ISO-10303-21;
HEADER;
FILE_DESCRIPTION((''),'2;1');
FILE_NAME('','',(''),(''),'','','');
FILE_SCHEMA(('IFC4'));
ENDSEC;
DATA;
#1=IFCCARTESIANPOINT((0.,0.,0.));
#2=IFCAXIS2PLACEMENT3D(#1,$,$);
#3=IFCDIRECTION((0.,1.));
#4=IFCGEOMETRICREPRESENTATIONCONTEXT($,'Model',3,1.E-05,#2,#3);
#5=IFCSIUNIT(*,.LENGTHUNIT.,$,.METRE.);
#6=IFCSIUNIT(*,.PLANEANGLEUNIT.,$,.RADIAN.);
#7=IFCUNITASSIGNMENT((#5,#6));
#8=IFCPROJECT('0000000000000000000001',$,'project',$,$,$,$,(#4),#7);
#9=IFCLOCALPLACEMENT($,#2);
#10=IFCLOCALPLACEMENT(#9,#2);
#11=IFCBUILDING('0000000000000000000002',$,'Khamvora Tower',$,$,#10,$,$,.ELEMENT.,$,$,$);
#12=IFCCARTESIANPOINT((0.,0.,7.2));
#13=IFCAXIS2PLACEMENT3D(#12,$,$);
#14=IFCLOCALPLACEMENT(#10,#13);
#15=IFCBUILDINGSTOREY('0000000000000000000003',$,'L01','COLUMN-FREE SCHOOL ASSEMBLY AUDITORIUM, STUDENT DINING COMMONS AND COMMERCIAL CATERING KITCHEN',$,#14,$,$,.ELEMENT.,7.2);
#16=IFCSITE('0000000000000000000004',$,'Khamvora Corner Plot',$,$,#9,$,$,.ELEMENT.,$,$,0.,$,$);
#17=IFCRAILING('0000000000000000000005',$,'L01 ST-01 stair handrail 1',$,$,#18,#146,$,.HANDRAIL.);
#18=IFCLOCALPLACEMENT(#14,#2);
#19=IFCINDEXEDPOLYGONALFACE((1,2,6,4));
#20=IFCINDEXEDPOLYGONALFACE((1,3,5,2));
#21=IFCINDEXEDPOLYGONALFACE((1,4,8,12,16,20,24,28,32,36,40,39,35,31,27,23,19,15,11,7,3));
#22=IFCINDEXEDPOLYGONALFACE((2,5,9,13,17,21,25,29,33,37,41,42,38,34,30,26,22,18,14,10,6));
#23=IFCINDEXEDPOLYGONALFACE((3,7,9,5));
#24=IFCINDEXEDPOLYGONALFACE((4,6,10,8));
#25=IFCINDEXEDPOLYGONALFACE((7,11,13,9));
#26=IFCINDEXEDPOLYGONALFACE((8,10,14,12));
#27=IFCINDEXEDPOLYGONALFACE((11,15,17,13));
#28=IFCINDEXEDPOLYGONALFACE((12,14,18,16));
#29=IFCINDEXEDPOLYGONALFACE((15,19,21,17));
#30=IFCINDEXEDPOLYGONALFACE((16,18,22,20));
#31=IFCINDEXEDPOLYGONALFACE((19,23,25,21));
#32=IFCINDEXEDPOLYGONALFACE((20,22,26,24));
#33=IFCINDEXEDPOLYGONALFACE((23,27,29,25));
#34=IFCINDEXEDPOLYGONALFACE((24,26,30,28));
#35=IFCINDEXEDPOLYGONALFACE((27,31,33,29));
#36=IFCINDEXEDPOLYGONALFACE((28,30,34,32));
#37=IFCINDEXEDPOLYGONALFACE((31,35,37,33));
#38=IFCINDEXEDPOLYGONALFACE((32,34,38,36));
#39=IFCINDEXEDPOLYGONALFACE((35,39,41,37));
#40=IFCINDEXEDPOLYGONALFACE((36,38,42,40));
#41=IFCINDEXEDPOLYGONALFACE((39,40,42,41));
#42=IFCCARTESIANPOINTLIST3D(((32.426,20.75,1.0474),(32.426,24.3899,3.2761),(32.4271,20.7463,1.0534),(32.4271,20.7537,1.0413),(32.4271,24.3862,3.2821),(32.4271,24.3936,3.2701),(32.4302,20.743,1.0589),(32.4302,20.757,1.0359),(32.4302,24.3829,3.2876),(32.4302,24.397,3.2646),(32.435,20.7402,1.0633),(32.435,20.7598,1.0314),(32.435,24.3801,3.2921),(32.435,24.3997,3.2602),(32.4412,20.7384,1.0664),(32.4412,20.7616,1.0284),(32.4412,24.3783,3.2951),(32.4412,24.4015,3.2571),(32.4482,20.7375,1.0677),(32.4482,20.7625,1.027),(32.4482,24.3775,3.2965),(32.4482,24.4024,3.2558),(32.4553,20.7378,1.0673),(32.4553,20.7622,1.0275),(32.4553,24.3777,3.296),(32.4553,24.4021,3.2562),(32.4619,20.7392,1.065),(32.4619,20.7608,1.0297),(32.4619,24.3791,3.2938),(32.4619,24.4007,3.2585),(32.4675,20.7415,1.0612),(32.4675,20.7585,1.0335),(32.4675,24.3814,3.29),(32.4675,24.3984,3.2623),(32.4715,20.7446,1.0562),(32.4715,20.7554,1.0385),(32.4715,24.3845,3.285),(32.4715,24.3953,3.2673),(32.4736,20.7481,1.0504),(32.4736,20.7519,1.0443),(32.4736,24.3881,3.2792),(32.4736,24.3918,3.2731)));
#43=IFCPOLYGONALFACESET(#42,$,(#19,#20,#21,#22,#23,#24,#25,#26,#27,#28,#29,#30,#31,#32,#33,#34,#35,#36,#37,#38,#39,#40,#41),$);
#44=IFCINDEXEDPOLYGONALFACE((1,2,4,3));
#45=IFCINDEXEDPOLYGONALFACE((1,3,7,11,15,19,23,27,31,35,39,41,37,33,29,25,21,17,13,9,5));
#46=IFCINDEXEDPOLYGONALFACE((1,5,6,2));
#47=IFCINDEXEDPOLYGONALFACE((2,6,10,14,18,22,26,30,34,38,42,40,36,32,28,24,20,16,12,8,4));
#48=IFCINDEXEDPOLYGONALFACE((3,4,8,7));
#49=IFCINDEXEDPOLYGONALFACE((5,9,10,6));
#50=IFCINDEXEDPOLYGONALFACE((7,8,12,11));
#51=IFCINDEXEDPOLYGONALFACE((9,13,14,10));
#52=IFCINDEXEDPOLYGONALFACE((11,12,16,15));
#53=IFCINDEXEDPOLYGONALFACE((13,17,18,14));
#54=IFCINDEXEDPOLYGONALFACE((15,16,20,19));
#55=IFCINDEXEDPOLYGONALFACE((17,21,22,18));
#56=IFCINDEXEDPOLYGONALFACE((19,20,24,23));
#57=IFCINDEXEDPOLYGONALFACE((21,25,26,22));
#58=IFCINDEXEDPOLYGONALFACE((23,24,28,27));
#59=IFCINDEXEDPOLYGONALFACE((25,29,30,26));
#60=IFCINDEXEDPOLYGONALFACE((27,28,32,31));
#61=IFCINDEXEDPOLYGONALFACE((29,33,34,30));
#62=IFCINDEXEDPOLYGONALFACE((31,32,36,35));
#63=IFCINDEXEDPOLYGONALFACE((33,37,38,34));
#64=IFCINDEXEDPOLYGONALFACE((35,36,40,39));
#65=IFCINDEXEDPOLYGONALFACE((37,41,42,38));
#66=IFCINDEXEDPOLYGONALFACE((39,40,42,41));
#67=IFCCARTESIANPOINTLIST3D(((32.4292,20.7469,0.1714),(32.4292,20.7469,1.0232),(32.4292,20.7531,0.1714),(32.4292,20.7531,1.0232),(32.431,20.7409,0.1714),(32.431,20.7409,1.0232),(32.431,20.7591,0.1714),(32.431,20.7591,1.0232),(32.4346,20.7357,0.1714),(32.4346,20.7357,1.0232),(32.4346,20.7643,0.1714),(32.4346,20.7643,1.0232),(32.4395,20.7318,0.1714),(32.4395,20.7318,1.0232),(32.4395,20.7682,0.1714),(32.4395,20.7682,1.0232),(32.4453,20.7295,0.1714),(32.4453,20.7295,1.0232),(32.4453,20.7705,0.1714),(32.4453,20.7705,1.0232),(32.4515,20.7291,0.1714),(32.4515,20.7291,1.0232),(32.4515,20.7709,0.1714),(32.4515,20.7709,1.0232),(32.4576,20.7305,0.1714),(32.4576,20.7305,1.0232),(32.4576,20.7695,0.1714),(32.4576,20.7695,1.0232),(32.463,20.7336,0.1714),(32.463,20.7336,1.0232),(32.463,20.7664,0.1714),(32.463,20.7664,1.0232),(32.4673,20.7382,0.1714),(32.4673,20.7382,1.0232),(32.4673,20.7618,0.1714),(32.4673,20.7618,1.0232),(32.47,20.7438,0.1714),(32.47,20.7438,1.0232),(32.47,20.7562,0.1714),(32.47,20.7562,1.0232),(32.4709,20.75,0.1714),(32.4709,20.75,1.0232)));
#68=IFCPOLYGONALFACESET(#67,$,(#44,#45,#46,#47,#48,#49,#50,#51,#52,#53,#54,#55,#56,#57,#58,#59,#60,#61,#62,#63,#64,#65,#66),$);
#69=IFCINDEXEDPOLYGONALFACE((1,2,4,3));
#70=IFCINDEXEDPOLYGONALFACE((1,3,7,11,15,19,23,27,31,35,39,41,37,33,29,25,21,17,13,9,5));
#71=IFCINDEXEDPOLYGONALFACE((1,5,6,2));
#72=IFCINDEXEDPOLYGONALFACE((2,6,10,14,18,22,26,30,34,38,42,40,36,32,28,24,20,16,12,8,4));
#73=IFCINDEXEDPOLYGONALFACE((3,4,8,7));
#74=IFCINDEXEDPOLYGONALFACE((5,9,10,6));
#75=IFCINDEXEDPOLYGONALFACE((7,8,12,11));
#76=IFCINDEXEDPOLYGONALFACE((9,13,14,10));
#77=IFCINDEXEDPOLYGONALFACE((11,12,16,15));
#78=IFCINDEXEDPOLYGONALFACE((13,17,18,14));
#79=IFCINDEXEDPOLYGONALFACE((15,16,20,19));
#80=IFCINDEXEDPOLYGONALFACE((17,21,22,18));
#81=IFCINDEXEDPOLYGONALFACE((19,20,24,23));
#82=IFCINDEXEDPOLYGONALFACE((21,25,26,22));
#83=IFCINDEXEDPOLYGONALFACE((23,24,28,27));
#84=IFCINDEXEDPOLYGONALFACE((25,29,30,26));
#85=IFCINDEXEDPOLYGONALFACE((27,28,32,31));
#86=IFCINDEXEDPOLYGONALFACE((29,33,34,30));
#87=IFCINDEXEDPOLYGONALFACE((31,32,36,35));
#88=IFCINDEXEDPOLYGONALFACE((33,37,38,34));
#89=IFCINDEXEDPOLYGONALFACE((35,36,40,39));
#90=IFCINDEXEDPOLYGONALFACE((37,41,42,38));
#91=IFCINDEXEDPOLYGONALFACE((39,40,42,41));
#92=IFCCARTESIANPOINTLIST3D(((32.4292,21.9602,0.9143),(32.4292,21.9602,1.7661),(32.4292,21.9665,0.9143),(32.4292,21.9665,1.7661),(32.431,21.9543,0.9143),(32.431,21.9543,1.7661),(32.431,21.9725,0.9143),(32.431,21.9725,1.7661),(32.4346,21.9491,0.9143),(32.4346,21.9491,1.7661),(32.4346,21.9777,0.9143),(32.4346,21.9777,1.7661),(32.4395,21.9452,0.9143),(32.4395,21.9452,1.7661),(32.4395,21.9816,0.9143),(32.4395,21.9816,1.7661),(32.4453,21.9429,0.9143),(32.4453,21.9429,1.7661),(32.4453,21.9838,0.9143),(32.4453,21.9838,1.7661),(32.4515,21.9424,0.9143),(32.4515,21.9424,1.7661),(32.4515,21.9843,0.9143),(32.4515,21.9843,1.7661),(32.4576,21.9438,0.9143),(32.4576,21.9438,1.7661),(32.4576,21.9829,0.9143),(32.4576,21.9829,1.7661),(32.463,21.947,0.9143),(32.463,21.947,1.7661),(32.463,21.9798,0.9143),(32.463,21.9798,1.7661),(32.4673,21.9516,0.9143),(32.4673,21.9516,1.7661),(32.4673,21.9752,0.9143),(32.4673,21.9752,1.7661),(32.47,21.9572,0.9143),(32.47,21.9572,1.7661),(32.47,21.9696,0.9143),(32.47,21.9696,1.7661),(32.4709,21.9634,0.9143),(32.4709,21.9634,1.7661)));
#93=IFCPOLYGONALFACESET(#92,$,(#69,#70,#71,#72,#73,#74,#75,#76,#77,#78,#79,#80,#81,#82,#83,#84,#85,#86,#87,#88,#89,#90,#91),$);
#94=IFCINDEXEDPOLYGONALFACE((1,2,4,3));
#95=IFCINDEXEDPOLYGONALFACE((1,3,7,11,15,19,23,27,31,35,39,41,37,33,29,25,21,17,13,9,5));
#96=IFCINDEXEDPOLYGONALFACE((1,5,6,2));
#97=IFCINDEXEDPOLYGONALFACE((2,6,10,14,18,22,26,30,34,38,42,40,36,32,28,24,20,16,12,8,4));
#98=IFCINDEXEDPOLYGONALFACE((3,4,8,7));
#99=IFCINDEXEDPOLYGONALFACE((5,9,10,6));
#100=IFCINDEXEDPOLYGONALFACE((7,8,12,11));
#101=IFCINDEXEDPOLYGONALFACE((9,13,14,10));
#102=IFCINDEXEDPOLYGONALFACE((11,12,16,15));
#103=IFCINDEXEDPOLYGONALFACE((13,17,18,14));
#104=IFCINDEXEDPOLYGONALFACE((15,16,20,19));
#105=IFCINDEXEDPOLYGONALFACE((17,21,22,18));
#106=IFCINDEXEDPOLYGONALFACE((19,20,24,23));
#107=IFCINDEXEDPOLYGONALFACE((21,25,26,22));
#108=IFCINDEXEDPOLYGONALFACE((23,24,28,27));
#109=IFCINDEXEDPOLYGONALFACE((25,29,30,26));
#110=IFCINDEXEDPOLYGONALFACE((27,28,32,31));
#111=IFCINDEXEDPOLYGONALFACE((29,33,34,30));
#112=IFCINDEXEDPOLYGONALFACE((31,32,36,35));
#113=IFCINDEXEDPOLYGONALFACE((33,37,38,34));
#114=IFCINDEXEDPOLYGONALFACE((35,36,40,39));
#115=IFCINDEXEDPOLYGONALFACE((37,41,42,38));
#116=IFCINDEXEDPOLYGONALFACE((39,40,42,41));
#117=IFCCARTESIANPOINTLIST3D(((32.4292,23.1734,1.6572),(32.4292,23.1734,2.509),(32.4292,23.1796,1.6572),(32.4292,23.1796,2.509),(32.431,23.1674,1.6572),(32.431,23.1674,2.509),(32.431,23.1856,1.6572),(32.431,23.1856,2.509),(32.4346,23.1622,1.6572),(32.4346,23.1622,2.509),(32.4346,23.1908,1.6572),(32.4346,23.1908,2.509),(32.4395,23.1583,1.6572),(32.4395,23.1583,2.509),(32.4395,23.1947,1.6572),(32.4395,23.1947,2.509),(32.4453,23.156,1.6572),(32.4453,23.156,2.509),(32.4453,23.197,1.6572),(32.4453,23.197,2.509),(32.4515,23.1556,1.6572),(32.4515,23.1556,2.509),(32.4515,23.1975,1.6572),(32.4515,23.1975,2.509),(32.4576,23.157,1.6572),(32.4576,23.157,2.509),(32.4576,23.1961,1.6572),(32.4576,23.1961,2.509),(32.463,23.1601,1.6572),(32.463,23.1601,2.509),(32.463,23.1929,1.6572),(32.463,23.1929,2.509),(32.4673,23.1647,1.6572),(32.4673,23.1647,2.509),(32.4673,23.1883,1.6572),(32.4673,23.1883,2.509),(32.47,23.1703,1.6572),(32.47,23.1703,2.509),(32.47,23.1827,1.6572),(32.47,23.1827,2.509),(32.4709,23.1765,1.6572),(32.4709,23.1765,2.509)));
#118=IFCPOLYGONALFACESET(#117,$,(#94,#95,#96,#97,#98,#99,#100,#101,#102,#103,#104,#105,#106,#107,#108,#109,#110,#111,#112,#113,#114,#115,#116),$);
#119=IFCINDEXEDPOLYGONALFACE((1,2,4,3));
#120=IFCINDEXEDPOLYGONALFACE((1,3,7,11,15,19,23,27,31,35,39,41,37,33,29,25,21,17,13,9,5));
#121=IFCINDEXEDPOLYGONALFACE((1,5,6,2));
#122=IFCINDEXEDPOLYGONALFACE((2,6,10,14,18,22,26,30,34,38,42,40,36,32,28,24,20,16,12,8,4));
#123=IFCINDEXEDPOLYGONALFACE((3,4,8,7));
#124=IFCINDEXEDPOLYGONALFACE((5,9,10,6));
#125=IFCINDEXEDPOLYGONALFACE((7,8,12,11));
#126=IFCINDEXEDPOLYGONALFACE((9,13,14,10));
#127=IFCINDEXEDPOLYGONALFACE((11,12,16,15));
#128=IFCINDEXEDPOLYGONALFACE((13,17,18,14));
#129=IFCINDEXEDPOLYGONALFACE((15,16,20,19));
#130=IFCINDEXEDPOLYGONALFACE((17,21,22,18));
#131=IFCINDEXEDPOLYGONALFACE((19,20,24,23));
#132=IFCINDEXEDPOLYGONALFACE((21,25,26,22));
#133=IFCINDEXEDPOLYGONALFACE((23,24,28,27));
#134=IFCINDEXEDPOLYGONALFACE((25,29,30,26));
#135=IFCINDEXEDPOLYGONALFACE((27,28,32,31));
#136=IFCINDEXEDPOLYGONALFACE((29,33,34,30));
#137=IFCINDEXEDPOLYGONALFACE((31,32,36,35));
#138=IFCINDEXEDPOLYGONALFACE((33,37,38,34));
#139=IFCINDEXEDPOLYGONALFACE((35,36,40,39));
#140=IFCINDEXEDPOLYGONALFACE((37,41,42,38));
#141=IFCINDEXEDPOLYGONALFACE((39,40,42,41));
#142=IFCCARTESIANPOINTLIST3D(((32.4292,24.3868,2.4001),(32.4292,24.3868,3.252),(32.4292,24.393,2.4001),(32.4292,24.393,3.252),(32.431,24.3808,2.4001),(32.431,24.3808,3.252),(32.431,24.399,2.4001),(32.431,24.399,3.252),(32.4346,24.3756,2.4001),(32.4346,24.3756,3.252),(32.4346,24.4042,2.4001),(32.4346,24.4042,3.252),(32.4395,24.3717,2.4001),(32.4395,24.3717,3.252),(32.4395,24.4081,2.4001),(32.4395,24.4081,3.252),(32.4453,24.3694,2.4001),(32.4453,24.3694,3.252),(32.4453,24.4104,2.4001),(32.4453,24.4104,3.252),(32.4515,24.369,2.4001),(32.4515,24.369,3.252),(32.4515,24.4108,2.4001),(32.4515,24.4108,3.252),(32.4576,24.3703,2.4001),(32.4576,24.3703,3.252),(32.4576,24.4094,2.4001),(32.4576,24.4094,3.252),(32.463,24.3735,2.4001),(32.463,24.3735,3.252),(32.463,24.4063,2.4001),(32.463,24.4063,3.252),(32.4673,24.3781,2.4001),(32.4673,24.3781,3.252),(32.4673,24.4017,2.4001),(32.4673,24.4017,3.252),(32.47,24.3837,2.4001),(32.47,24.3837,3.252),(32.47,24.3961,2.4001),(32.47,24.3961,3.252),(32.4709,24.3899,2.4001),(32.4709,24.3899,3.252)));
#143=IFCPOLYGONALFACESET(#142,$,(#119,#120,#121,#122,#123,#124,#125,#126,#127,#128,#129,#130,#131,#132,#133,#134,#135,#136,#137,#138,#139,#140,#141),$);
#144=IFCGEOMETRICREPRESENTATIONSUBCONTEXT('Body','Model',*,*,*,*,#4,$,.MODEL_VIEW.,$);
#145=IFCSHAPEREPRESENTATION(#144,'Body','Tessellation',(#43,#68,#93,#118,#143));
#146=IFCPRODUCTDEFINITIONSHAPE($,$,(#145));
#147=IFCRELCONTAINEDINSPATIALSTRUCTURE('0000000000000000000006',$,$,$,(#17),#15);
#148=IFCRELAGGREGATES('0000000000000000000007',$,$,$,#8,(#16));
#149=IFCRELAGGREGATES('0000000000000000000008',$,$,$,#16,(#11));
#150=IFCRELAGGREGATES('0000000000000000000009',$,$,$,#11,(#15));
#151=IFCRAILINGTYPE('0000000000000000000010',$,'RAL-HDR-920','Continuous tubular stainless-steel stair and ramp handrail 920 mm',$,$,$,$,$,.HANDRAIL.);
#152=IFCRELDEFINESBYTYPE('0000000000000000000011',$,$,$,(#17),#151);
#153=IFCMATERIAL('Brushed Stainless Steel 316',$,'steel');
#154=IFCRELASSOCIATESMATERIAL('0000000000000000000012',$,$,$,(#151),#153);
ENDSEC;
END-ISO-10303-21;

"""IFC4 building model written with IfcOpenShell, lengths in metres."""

from ifc_helpers import new_model, si_unit, direction, frame, origin, origin_2d, place, context, subcontext, project, spatial, circle, extrude, material, type_object, element, save


model = new_model("IFC4")

# Units and contexts
model_context = context("Model", 3, precision=1e-05, world=origin(), true_north=direction((0.0, 1.0)))
body_context = subcontext(model_context, "Body", "Model", "MODEL_VIEW")
ifc_project = project(units=[si_unit("LENGTHUNIT", "METRE"), si_unit("PLANEANGLEUNIT", "RADIAN")], contexts=[model_context])

# Site, building, storey
site_placement = place(None, origin())
site = spatial("IfcSite", under=ifc_project, at=site_placement, Name="Khamvora Corner Plot", CompositionType="ELEMENT", RefElevation=0.0)
building_placement = place(site_placement, origin())
building = spatial("IfcBuilding", under=site, at=building_placement, Name="Khamvora Tower", CompositionType="ELEMENT")
storey_placement = place(building_placement, frame((0.0, 0.0, 7.2)))
storey = spatial("IfcBuildingStorey", under=building, at=storey_placement, Name="L01", Description="COLUMN-FREE SCHOOL ASSEMBLY AUDITORIUM, STUDENT DINING COMMONS AND COMMERCIAL CATERING KITCHEN", CompositionType="ELEMENT", Elevation=7.2)

# Railing
ifc_material_1 = material(Name="Brushed Stainless Steel 316", Category="steel")
railing_type_1 = type_object("IfcRailingType", Name="RAL-HDR-920", Description="Continuous tubular stainless-steel stair and ramp handrail 920 mm", PredefinedType="HANDRAIL", material=ifc_material_1)
railing_1_placement = place(storey_placement, frame((32.45, 20.75, 0.1714)))
element("IfcRailing", 1, at=railing_1_placement, inside=storey, type_object=railing_type_1, Name="L01 ST-01 stair handrail 1", PredefinedType="HANDRAIL", context=body_context, shape_type="SweptSolid", body=[
    extrude(circle(Radius=0.0239, at=origin_2d()), frame((0.0, 0.0, 0.876), z_axis=(0.0, 0.852825, 0.522197), x_axis=(-1.0, 0.0, 0.0)), (0.0, 0.0, 1.0), 4.2681),
    extrude(circle(Radius=0.021, at=origin_2d()), origin(), (0.0, 0.0, 1.0), 0.8518),
    extrude(circle(Radius=0.021, at=origin_2d()), frame((0.0, 1.2134, 0.7429)), (0.0, 0.0, 1.0), 0.8518),
    extrude(circle(Radius=0.021, at=origin_2d()), frame((0.0, 2.4265, 1.4858)), (0.0, 0.0, 1.0), 0.8518),
    extrude(circle(Radius=0.021, at=origin_2d()), frame((0.0, 3.6399, 2.2288)), (0.0, 0.0, 1.0), 0.8518),
])

save(model, "model.ifc")
